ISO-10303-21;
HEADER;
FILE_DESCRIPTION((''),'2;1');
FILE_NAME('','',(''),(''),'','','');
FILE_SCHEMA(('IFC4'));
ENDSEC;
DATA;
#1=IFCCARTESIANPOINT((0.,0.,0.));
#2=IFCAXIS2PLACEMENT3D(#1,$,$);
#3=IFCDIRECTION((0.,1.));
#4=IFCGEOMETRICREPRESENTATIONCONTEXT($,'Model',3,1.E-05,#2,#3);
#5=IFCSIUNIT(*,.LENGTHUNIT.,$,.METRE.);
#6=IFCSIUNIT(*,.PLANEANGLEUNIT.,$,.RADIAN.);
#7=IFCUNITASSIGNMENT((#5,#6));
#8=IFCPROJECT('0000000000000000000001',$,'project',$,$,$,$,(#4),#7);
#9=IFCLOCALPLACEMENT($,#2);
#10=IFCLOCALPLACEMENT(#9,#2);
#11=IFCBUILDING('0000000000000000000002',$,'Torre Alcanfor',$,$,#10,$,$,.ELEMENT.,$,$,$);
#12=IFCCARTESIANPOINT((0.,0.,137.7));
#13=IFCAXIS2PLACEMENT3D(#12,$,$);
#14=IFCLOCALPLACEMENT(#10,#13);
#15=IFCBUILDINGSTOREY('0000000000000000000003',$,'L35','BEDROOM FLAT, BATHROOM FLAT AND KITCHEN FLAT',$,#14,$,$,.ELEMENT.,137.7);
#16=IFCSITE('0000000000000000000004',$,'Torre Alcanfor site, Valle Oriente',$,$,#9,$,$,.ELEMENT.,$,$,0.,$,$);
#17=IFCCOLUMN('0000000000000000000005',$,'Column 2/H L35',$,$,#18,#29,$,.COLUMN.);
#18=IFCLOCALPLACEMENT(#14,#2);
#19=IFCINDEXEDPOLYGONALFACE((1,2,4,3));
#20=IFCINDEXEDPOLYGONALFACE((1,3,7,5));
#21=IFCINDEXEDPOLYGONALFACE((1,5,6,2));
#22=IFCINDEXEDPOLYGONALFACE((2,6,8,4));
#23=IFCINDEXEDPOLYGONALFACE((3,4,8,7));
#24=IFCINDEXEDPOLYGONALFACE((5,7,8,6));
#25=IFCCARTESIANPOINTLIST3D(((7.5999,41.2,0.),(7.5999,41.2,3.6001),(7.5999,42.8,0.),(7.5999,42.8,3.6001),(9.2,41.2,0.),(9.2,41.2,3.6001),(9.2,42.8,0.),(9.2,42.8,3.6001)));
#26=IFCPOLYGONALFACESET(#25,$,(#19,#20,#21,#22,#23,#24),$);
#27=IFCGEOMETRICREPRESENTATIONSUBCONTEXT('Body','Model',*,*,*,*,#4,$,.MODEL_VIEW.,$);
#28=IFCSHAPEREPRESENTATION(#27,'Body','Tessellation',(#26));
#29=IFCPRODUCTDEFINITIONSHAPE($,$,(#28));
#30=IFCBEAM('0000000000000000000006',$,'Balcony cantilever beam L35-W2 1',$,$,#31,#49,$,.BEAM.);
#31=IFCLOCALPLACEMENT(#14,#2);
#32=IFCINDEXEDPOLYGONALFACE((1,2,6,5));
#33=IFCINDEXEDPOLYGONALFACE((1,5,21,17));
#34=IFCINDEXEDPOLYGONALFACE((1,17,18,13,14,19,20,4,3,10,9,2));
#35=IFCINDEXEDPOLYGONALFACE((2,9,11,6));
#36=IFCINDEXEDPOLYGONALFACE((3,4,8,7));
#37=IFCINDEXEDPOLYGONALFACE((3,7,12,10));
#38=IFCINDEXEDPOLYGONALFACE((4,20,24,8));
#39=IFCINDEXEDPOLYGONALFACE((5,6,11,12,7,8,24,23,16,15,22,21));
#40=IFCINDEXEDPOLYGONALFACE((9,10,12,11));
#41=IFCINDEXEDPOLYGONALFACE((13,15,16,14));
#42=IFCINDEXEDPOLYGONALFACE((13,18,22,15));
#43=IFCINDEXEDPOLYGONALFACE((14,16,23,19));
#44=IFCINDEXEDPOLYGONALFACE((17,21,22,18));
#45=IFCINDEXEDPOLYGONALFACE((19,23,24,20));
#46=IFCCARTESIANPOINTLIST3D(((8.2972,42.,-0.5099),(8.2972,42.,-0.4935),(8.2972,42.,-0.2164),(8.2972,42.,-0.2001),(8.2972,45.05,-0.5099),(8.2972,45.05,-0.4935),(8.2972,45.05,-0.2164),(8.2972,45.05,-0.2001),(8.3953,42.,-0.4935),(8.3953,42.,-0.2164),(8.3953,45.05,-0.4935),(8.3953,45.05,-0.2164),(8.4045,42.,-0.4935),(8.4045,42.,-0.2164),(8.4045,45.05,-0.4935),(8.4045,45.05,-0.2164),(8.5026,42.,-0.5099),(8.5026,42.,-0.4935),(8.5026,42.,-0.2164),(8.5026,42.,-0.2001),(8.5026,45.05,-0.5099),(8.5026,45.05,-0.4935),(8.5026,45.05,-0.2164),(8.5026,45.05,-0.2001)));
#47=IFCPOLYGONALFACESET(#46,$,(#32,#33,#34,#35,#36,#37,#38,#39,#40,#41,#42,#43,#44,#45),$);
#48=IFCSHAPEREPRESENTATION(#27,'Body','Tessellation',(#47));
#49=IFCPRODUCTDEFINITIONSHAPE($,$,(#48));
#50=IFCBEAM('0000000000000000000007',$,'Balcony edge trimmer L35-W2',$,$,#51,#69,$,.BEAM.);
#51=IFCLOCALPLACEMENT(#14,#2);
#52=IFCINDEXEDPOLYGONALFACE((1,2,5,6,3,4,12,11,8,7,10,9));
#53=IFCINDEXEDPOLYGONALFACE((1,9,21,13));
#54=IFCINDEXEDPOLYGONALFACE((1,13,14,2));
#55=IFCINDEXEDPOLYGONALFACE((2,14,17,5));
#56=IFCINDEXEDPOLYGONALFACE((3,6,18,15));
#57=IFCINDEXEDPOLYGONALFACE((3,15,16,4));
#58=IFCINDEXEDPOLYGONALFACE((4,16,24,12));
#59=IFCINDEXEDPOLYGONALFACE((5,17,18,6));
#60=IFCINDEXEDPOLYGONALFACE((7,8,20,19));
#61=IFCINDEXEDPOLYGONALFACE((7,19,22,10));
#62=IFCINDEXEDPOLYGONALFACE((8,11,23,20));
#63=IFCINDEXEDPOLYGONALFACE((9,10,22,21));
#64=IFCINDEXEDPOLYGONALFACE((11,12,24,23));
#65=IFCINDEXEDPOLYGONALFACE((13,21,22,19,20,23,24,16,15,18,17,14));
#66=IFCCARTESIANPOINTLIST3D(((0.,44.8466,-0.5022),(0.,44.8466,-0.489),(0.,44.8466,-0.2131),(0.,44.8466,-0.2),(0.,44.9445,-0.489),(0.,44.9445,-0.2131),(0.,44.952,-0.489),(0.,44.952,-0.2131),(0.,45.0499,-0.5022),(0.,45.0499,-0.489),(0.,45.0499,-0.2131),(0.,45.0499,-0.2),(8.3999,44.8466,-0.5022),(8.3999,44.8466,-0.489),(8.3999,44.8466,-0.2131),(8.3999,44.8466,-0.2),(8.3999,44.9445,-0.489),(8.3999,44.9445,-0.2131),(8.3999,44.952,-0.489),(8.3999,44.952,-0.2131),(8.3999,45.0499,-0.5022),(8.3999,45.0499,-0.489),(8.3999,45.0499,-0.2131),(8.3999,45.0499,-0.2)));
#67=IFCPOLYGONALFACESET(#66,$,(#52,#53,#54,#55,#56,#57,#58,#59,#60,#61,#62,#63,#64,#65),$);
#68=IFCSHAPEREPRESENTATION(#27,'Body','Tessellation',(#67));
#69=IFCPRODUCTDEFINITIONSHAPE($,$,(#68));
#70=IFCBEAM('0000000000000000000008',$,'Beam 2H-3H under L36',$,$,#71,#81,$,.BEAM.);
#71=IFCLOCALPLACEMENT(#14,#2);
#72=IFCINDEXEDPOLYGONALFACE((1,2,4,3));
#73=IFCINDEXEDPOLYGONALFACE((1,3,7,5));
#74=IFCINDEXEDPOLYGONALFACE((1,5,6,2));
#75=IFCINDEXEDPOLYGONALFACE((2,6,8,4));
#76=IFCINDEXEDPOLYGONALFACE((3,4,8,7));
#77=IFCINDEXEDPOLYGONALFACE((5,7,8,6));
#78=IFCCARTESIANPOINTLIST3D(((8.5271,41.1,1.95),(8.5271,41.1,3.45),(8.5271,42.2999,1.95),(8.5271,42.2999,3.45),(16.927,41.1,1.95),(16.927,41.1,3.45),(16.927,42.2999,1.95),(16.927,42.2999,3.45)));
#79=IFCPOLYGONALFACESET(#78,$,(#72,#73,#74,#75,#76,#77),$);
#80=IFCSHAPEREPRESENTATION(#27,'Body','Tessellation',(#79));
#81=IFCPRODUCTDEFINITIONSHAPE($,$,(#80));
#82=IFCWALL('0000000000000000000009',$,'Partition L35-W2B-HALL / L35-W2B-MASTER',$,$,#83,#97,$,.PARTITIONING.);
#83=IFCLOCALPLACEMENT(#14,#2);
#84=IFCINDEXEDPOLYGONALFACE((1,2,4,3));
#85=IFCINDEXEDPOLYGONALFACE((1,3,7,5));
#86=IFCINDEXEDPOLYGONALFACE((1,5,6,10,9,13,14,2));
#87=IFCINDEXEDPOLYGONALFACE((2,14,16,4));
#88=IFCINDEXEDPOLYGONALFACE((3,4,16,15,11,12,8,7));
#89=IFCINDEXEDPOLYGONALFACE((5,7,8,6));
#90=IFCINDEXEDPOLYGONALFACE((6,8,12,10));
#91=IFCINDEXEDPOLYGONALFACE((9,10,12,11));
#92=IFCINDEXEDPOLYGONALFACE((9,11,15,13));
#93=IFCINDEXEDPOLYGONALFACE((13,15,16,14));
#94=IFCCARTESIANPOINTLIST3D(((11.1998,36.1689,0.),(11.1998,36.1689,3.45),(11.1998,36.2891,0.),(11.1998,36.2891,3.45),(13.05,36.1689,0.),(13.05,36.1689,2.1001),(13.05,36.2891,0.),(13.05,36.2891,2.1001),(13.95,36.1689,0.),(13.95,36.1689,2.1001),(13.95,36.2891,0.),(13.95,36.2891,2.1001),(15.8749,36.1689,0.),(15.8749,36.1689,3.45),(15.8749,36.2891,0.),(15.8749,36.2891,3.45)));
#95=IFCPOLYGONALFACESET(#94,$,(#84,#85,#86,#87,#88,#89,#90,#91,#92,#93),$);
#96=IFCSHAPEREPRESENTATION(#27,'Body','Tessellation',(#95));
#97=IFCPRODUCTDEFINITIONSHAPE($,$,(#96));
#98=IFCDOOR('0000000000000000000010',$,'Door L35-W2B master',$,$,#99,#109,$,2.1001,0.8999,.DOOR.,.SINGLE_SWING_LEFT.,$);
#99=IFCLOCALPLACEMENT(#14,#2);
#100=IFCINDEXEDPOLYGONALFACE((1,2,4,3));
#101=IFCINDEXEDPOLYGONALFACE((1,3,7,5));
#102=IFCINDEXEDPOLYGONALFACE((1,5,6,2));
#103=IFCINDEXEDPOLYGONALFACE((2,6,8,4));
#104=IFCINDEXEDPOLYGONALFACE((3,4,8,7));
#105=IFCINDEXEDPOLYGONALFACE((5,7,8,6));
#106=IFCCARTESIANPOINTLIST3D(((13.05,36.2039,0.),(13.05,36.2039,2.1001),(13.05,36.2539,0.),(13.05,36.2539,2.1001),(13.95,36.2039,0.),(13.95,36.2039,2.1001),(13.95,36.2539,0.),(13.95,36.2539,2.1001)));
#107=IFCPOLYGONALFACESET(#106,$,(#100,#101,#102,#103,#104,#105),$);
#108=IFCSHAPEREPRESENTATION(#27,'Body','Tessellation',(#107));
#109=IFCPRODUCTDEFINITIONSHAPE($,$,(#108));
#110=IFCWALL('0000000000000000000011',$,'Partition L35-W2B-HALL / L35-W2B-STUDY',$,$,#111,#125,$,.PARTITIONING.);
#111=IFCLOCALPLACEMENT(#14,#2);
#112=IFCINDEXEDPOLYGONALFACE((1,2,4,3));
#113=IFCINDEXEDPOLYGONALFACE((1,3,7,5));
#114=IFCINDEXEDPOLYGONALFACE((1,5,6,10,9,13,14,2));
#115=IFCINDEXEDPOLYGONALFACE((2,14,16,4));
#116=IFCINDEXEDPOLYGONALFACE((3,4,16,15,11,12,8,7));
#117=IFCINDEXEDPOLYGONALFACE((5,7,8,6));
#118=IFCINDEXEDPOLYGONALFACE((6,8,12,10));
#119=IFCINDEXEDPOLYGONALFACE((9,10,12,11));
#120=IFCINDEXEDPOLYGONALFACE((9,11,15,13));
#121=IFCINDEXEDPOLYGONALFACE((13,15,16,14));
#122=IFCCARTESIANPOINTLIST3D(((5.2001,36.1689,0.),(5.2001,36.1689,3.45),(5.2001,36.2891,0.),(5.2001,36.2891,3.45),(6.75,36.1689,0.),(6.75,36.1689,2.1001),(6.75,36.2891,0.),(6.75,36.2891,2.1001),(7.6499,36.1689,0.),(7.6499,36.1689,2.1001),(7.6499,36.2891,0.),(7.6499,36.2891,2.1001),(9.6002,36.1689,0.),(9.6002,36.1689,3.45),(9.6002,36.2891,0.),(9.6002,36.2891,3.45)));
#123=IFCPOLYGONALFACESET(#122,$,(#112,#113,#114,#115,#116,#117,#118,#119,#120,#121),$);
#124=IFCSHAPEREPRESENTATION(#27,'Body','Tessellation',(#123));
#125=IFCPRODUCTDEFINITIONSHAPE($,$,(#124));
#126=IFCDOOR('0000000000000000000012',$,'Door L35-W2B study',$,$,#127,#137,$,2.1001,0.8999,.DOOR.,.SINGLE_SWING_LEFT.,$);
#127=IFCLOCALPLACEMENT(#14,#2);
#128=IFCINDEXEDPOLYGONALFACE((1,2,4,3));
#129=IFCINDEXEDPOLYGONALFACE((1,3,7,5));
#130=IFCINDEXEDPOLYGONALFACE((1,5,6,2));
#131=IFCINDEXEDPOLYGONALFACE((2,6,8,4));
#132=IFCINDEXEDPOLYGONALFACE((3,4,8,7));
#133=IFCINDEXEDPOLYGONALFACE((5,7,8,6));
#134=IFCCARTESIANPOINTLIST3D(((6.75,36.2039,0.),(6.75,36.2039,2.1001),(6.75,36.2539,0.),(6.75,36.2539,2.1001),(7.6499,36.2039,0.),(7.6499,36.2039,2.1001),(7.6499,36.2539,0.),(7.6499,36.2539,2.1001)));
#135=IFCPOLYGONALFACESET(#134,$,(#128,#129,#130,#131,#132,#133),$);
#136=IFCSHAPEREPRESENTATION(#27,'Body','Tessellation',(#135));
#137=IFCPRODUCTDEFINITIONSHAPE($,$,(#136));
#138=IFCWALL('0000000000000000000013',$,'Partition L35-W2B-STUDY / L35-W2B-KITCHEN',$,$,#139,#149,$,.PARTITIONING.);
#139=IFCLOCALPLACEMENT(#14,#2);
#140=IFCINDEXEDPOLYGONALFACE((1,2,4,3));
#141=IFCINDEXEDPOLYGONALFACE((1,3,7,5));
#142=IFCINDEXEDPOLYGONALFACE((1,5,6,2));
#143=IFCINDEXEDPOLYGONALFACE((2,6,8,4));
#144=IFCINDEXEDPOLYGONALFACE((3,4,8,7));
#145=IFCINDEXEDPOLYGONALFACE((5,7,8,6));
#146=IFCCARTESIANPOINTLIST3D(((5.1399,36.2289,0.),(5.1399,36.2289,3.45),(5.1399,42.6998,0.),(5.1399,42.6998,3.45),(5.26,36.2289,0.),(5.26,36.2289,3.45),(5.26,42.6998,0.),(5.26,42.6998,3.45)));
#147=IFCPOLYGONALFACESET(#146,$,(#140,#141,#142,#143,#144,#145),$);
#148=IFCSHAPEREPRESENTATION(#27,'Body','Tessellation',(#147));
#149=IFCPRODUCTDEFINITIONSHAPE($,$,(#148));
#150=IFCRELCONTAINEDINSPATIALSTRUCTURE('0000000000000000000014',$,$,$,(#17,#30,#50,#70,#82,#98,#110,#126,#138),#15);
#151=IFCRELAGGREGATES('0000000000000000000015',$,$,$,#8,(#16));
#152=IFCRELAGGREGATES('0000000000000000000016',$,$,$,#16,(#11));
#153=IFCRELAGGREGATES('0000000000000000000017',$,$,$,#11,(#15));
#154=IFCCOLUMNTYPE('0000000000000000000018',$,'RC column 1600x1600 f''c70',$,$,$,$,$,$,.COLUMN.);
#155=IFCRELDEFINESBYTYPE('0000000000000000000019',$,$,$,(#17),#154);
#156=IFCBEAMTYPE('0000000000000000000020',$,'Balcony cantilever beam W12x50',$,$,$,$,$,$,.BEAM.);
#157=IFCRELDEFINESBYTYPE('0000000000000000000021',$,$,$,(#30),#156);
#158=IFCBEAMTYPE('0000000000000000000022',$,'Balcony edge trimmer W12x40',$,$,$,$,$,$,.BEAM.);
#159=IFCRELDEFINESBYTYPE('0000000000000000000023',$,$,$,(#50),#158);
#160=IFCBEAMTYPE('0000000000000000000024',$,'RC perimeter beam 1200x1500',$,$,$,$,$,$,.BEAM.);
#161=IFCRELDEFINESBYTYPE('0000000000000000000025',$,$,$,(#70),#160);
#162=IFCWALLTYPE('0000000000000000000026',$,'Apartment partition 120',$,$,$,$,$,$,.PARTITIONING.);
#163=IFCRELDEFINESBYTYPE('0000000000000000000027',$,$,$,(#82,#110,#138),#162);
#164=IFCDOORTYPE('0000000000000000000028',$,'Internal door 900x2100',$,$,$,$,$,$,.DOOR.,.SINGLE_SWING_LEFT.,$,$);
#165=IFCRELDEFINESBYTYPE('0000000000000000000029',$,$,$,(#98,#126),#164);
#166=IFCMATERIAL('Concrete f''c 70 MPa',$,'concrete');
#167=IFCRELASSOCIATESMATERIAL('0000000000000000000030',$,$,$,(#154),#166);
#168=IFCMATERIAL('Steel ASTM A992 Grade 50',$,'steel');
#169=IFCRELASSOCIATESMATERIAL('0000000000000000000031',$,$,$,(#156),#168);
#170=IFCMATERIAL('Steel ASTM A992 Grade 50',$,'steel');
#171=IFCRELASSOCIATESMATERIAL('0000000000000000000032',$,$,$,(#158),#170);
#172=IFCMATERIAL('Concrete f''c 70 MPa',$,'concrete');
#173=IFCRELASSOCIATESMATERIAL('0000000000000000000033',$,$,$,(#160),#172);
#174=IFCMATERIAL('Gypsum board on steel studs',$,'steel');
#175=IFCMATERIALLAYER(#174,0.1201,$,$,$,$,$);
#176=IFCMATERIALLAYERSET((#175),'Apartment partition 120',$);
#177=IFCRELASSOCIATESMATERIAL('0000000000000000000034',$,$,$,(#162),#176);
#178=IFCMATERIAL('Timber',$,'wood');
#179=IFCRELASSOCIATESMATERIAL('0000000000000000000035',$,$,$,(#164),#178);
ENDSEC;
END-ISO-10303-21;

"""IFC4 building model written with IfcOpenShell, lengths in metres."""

from ifc_helpers import new_model, si_unit, direction, frame, frame_2d, origin, origin_2d, place, context, subcontext, project, spatial, rectangle, i_section, extrude, material, layer, layer_set, material_profile, profile_set, type_object, element, fill, save


model = new_model("IFC4")

# Units and contexts
model_context = context("Model", 3, precision=1e-05, world=origin(), true_north=direction((0.0, 1.0)))
body_context = subcontext(model_context, "Body", "Model", "MODEL_VIEW")
ifc_project = project(units=[si_unit("LENGTHUNIT", "METRE"), si_unit("PLANEANGLEUNIT", "RADIAN")], contexts=[model_context])

# Site, building, storey
site_placement = place(None, origin())
site = spatial("IfcSite", under=ifc_project, at=site_placement, Name="Torre Alcanfor site, Valle Oriente", CompositionType="ELEMENT", RefElevation=0.0)
building_placement = place(site_placement, origin())
building = spatial("IfcBuilding", under=site, at=building_placement, Name="Torre Alcanfor", CompositionType="ELEMENT")
storey_placement = place(building_placement, frame((0.0, 0.0, 137.7)))
storey = spatial("IfcBuildingStorey", under=building, at=storey_placement, Name="L35", Description="BEDROOM FLAT, BATHROOM FLAT AND KITCHEN FLAT", CompositionType="ELEMENT", Elevation=137.7)

# Column
ifc_material_1 = material(Name="Concrete f'c 70 MPa", Category="concrete")
ifc_material_profile_1 = material_profile(ifc_material_1, rectangle(XDim=1.6001, YDim=1.6001, at=origin_2d()), Name="1600x1600")
ifc_profile_set_1 = profile_set([ifc_material_profile_1], Name="Concrete f'c 70 MPa")
column_type = type_object("IfcColumnType", Name="RC column 1600x1600 f'c70", PredefinedType="COLUMN", material=ifc_profile_set_1)
column_placement = place(storey_placement, frame((8.3999, 42.0, 0.0), z_axis=(0.0, 0.0, 1.0), x_axis=(1.0, 0.0, 0.0)))
element("IfcColumn", 1, at=column_placement, inside=storey, type_object=column_type, Name="Column 2/H L35", PredefinedType="COLUMN", context=body_context, shape_type="SweptSolid", body=[
    extrude(rectangle(XDim=1.6001, YDim=1.6001, at=origin_2d()), origin(), (0.0, 0.0, 1.0), 3.6001),
])

# Beams
ifc_material_2 = material(Name="Steel ASTM A992 Grade 50", Category="steel")
ifc_material_profile_2 = material_profile(ifc_material_2, i_section(OverallWidth=0.2053, OverallDepth=0.3098, WebThickness=0.0093, FlangeThickness=0.0164, at=origin_2d()), Name="W12x50")
ifc_profile_set_2 = profile_set([ifc_material_profile_2], Name="Steel ASTM A992 Grade 50")
beam_type_1 = type_object("IfcBeamType", Name="Balcony cantilever beam W12x50", PredefinedType="BEAM", material=ifc_profile_set_2)
beam_1_placement = place(storey_placement, frame((8.3999, 42.0, -0.355), z_axis=(0.0, 1.0, 0.0), x_axis=(-1.0, 0.0, 0.0)))
element("IfcBeam", 2, at=beam_1_placement, inside=storey, type_object=beam_type_1, Name="Balcony cantilever beam L35-W2 1", PredefinedType="BEAM", context=body_context, shape_type="SweptSolid", body=[
    extrude(i_section(OverallWidth=0.2053, OverallDepth=0.3098, WebThickness=0.0093, FlangeThickness=0.0164, at=origin_2d()), origin(), (0.0, 0.0, 1.0), 3.05),
])
ifc_material_3 = material(Name="Steel ASTM A992 Grade 50", Category="steel")
ifc_material_profile_3 = material_profile(ifc_material_3, i_section(OverallWidth=0.2034, OverallDepth=0.3022, WebThickness=0.0076, FlangeThickness=0.0132, at=origin_2d()), Name="W12x40")
ifc_profile_set_3 = profile_set([ifc_material_profile_3], Name="Steel ASTM A992 Grade 50")
beam_type_2 = type_object("IfcBeamType", Name="Balcony edge trimmer W12x40", PredefinedType="BEAM", material=ifc_profile_set_3)
beam_2_placement = place(storey_placement, frame((8.3999, 44.9482, -0.3511), z_axis=(-1.0, 0.0, 0.0), x_axis=(0.0, -1.0, 0.0)))
element("IfcBeam", 3, at=beam_2_placement, inside=storey, type_object=beam_type_2, Name="Balcony edge trimmer L35-W2", PredefinedType="BEAM", context=body_context, shape_type="SweptSolid", body=[
    extrude(i_section(OverallWidth=0.2034, OverallDepth=0.3022, WebThickness=0.0076, FlangeThickness=0.0132, at=origin_2d()), origin(), (0.0, 0.0, 1.0), 8.3999),
])
ifc_material_4 = material(Name="Concrete f'c 70 MPa", Category="concrete")
ifc_material_profile_4 = material_profile(ifc_material_4, rectangle(XDim=1.2, YDim=1.5, at=origin_2d()), Name="1200x1500")
ifc_profile_set_4 = profile_set([ifc_material_profile_4], Name="Concrete f'c 70 MPa")
beam_type_3 = type_object("IfcBeamType", Name="RC perimeter beam 1200x1500", PredefinedType="BEAM", material=ifc_profile_set_4)
beam_3_placement = place(storey_placement, frame((8.5271, 41.7, 2.7), z_axis=(1.0, 0.0, 0.0), x_axis=(0.0, 1.0, 0.0)))
element("IfcBeam", 4, at=beam_3_placement, inside=storey, type_object=beam_type_3, Name="Beam 2H-3H under L36", PredefinedType="BEAM", context=body_context, shape_type="SweptSolid", body=[
    extrude(rectangle(XDim=1.2, YDim=1.5, at=origin_2d()), origin(), (0.0, 0.0, 1.0), 8.3999),
])

# Walls, openings, doors
ifc_material_5 = material(Name="Gypsum board on steel studs", Category="steel")
ifc_layer_1 = layer(ifc_material_5, 0.1201)
ifc_layer_set_1 = layer_set([ifc_layer_1], Name="Apartment partition 120")
wall_type_1 = type_object("IfcWallType", Name="Apartment partition 120", PredefinedType="PARTITIONING", material=ifc_layer_set_1)
wall_1_placement = place(storey_placement, frame((11.2, 36.229, 0.0), z_axis=(0.0, 0.0, 1.0), x_axis=(1.0, 0.0, 0.0)))
wall_1 = element("IfcWall", 5, at=wall_1_placement, inside=storey, type_object=wall_type_1, Name="Partition L35-W2B-HALL / L35-W2B-MASTER", PredefinedType="PARTITIONING", context=body_context, shape_type="SweptSolid", body=[
    extrude(rectangle(XDim=4.675, YDim=0.1201, at=frame_2d((2.3374, 0.0))), origin(), (0.0, 0.0, 1.0), 3.45),
])
opening_1_placement = place(wall_1_placement, frame((1.8501, 0.0, 0.0)))
opening_1 = element("IfcOpeningElement", 6, at=opening_1_placement, cuts=wall_1, PredefinedType="OPENING", context=body_context, shape_type="SweptSolid", body=[
    extrude(rectangle(XDim=0.8999, YDim=2.1001, at=frame_2d((0.45, 1.05))), frame((0.0, 0.0701, 0.0), z_axis=(0.0, -1.0, 0.0), x_axis=(1.0, 0.0, 0.0)), (0.0, 0.0, 1.0), 0.1401),
])
ifc_material_6 = material(Name="Timber", Category="wood")
door_type_1 = type_object("IfcDoorType", Name="Internal door 900x2100", OperationType="SINGLE_SWING_LEFT", PredefinedType="DOOR", material=ifc_material_6)
door_1_placement = place(opening_1_placement, origin())
door_1 = element("IfcDoor", 7, at=door_1_placement, inside=storey, type_object=door_type_1, Name="Door L35-W2B master", OperationType="SINGLE_SWING_LEFT", OverallHeight=2.1001, OverallWidth=0.8999, PredefinedType="DOOR", context=body_context, shape_type="SweptSolid", body=[
    extrude(rectangle(XDim=0.8999, YDim=2.1001, at=frame_2d((0.45, 1.05))), frame((0.0, 0.0249, 0.0), z_axis=(0.0, -1.0, 0.0), x_axis=(1.0, 0.0, 0.0)), (0.0, 0.0, 1.0), 0.05),
])
fill(opening_1, door_1)
wall_2_placement = place(storey_placement, frame((5.2, 36.229, 0.0), z_axis=(0.0, 0.0, 1.0), x_axis=(1.0, 0.0, 0.0)))
wall_2 = element("IfcWall", 8, at=wall_2_placement, inside=storey, type_object=wall_type_1, Name="Partition L35-W2B-HALL / L35-W2B-STUDY", PredefinedType="PARTITIONING", context=body_context, shape_type="SweptSolid", body=[
    extrude(rectangle(XDim=4.4001, YDim=0.1201, at=frame_2d((2.2002, 0.0))), origin(), (0.0, 0.0, 1.0), 3.45),
])
opening_2_placement = place(wall_2_placement, frame((1.55, 0.0, 0.0)))
opening_2 = element("IfcOpeningElement", 9, at=opening_2_placement, cuts=wall_2, PredefinedType="OPENING", context=body_context, shape_type="SweptSolid", body=[
    extrude(rectangle(XDim=0.8999, YDim=2.1001, at=frame_2d((0.45, 1.05))), frame((0.0, 0.0701, 0.0), z_axis=(0.0, -1.0, 0.0), x_axis=(1.0, 0.0, 0.0)), (0.0, 0.0, 1.0), 0.1401),
])
door_2_placement = place(opening_2_placement, origin())
door_2 = element("IfcDoor", 10, at=door_2_placement, inside=storey, type_object=door_type_1, Name="Door L35-W2B study", OperationType="SINGLE_SWING_LEFT", OverallHeight=2.1001, OverallWidth=0.8999, PredefinedType="DOOR", context=body_context, shape_type="SweptSolid", body=[
    extrude(rectangle(XDim=0.8999, YDim=2.1001, at=frame_2d((0.45, 1.05))), frame((0.0, 0.0249, 0.0), z_axis=(0.0, -1.0, 0.0), x_axis=(1.0, 0.0, 0.0)), (0.0, 0.0, 1.0), 0.05),
])
fill(opening_2, door_2)

# Wall
wall_3_placement = place(storey_placement, frame((5.2, 36.229, 0.0), z_axis=(0.0, 0.0, 1.0), x_axis=(0.0, 1.0, 0.0)))
element("IfcWall", 11, at=wall_3_placement, inside=storey, type_object=wall_type_1, Name="Partition L35-W2B-STUDY / L35-W2B-KITCHEN", PredefinedType="PARTITIONING", context=body_context, shape_type="SweptSolid", body=[
    extrude(rectangle(XDim=6.4709, YDim=0.1201, at=frame_2d((3.2354, 0.0))), origin(), (0.0, 0.0, 1.0), 3.45),
])

save(model, "model.ifc")
